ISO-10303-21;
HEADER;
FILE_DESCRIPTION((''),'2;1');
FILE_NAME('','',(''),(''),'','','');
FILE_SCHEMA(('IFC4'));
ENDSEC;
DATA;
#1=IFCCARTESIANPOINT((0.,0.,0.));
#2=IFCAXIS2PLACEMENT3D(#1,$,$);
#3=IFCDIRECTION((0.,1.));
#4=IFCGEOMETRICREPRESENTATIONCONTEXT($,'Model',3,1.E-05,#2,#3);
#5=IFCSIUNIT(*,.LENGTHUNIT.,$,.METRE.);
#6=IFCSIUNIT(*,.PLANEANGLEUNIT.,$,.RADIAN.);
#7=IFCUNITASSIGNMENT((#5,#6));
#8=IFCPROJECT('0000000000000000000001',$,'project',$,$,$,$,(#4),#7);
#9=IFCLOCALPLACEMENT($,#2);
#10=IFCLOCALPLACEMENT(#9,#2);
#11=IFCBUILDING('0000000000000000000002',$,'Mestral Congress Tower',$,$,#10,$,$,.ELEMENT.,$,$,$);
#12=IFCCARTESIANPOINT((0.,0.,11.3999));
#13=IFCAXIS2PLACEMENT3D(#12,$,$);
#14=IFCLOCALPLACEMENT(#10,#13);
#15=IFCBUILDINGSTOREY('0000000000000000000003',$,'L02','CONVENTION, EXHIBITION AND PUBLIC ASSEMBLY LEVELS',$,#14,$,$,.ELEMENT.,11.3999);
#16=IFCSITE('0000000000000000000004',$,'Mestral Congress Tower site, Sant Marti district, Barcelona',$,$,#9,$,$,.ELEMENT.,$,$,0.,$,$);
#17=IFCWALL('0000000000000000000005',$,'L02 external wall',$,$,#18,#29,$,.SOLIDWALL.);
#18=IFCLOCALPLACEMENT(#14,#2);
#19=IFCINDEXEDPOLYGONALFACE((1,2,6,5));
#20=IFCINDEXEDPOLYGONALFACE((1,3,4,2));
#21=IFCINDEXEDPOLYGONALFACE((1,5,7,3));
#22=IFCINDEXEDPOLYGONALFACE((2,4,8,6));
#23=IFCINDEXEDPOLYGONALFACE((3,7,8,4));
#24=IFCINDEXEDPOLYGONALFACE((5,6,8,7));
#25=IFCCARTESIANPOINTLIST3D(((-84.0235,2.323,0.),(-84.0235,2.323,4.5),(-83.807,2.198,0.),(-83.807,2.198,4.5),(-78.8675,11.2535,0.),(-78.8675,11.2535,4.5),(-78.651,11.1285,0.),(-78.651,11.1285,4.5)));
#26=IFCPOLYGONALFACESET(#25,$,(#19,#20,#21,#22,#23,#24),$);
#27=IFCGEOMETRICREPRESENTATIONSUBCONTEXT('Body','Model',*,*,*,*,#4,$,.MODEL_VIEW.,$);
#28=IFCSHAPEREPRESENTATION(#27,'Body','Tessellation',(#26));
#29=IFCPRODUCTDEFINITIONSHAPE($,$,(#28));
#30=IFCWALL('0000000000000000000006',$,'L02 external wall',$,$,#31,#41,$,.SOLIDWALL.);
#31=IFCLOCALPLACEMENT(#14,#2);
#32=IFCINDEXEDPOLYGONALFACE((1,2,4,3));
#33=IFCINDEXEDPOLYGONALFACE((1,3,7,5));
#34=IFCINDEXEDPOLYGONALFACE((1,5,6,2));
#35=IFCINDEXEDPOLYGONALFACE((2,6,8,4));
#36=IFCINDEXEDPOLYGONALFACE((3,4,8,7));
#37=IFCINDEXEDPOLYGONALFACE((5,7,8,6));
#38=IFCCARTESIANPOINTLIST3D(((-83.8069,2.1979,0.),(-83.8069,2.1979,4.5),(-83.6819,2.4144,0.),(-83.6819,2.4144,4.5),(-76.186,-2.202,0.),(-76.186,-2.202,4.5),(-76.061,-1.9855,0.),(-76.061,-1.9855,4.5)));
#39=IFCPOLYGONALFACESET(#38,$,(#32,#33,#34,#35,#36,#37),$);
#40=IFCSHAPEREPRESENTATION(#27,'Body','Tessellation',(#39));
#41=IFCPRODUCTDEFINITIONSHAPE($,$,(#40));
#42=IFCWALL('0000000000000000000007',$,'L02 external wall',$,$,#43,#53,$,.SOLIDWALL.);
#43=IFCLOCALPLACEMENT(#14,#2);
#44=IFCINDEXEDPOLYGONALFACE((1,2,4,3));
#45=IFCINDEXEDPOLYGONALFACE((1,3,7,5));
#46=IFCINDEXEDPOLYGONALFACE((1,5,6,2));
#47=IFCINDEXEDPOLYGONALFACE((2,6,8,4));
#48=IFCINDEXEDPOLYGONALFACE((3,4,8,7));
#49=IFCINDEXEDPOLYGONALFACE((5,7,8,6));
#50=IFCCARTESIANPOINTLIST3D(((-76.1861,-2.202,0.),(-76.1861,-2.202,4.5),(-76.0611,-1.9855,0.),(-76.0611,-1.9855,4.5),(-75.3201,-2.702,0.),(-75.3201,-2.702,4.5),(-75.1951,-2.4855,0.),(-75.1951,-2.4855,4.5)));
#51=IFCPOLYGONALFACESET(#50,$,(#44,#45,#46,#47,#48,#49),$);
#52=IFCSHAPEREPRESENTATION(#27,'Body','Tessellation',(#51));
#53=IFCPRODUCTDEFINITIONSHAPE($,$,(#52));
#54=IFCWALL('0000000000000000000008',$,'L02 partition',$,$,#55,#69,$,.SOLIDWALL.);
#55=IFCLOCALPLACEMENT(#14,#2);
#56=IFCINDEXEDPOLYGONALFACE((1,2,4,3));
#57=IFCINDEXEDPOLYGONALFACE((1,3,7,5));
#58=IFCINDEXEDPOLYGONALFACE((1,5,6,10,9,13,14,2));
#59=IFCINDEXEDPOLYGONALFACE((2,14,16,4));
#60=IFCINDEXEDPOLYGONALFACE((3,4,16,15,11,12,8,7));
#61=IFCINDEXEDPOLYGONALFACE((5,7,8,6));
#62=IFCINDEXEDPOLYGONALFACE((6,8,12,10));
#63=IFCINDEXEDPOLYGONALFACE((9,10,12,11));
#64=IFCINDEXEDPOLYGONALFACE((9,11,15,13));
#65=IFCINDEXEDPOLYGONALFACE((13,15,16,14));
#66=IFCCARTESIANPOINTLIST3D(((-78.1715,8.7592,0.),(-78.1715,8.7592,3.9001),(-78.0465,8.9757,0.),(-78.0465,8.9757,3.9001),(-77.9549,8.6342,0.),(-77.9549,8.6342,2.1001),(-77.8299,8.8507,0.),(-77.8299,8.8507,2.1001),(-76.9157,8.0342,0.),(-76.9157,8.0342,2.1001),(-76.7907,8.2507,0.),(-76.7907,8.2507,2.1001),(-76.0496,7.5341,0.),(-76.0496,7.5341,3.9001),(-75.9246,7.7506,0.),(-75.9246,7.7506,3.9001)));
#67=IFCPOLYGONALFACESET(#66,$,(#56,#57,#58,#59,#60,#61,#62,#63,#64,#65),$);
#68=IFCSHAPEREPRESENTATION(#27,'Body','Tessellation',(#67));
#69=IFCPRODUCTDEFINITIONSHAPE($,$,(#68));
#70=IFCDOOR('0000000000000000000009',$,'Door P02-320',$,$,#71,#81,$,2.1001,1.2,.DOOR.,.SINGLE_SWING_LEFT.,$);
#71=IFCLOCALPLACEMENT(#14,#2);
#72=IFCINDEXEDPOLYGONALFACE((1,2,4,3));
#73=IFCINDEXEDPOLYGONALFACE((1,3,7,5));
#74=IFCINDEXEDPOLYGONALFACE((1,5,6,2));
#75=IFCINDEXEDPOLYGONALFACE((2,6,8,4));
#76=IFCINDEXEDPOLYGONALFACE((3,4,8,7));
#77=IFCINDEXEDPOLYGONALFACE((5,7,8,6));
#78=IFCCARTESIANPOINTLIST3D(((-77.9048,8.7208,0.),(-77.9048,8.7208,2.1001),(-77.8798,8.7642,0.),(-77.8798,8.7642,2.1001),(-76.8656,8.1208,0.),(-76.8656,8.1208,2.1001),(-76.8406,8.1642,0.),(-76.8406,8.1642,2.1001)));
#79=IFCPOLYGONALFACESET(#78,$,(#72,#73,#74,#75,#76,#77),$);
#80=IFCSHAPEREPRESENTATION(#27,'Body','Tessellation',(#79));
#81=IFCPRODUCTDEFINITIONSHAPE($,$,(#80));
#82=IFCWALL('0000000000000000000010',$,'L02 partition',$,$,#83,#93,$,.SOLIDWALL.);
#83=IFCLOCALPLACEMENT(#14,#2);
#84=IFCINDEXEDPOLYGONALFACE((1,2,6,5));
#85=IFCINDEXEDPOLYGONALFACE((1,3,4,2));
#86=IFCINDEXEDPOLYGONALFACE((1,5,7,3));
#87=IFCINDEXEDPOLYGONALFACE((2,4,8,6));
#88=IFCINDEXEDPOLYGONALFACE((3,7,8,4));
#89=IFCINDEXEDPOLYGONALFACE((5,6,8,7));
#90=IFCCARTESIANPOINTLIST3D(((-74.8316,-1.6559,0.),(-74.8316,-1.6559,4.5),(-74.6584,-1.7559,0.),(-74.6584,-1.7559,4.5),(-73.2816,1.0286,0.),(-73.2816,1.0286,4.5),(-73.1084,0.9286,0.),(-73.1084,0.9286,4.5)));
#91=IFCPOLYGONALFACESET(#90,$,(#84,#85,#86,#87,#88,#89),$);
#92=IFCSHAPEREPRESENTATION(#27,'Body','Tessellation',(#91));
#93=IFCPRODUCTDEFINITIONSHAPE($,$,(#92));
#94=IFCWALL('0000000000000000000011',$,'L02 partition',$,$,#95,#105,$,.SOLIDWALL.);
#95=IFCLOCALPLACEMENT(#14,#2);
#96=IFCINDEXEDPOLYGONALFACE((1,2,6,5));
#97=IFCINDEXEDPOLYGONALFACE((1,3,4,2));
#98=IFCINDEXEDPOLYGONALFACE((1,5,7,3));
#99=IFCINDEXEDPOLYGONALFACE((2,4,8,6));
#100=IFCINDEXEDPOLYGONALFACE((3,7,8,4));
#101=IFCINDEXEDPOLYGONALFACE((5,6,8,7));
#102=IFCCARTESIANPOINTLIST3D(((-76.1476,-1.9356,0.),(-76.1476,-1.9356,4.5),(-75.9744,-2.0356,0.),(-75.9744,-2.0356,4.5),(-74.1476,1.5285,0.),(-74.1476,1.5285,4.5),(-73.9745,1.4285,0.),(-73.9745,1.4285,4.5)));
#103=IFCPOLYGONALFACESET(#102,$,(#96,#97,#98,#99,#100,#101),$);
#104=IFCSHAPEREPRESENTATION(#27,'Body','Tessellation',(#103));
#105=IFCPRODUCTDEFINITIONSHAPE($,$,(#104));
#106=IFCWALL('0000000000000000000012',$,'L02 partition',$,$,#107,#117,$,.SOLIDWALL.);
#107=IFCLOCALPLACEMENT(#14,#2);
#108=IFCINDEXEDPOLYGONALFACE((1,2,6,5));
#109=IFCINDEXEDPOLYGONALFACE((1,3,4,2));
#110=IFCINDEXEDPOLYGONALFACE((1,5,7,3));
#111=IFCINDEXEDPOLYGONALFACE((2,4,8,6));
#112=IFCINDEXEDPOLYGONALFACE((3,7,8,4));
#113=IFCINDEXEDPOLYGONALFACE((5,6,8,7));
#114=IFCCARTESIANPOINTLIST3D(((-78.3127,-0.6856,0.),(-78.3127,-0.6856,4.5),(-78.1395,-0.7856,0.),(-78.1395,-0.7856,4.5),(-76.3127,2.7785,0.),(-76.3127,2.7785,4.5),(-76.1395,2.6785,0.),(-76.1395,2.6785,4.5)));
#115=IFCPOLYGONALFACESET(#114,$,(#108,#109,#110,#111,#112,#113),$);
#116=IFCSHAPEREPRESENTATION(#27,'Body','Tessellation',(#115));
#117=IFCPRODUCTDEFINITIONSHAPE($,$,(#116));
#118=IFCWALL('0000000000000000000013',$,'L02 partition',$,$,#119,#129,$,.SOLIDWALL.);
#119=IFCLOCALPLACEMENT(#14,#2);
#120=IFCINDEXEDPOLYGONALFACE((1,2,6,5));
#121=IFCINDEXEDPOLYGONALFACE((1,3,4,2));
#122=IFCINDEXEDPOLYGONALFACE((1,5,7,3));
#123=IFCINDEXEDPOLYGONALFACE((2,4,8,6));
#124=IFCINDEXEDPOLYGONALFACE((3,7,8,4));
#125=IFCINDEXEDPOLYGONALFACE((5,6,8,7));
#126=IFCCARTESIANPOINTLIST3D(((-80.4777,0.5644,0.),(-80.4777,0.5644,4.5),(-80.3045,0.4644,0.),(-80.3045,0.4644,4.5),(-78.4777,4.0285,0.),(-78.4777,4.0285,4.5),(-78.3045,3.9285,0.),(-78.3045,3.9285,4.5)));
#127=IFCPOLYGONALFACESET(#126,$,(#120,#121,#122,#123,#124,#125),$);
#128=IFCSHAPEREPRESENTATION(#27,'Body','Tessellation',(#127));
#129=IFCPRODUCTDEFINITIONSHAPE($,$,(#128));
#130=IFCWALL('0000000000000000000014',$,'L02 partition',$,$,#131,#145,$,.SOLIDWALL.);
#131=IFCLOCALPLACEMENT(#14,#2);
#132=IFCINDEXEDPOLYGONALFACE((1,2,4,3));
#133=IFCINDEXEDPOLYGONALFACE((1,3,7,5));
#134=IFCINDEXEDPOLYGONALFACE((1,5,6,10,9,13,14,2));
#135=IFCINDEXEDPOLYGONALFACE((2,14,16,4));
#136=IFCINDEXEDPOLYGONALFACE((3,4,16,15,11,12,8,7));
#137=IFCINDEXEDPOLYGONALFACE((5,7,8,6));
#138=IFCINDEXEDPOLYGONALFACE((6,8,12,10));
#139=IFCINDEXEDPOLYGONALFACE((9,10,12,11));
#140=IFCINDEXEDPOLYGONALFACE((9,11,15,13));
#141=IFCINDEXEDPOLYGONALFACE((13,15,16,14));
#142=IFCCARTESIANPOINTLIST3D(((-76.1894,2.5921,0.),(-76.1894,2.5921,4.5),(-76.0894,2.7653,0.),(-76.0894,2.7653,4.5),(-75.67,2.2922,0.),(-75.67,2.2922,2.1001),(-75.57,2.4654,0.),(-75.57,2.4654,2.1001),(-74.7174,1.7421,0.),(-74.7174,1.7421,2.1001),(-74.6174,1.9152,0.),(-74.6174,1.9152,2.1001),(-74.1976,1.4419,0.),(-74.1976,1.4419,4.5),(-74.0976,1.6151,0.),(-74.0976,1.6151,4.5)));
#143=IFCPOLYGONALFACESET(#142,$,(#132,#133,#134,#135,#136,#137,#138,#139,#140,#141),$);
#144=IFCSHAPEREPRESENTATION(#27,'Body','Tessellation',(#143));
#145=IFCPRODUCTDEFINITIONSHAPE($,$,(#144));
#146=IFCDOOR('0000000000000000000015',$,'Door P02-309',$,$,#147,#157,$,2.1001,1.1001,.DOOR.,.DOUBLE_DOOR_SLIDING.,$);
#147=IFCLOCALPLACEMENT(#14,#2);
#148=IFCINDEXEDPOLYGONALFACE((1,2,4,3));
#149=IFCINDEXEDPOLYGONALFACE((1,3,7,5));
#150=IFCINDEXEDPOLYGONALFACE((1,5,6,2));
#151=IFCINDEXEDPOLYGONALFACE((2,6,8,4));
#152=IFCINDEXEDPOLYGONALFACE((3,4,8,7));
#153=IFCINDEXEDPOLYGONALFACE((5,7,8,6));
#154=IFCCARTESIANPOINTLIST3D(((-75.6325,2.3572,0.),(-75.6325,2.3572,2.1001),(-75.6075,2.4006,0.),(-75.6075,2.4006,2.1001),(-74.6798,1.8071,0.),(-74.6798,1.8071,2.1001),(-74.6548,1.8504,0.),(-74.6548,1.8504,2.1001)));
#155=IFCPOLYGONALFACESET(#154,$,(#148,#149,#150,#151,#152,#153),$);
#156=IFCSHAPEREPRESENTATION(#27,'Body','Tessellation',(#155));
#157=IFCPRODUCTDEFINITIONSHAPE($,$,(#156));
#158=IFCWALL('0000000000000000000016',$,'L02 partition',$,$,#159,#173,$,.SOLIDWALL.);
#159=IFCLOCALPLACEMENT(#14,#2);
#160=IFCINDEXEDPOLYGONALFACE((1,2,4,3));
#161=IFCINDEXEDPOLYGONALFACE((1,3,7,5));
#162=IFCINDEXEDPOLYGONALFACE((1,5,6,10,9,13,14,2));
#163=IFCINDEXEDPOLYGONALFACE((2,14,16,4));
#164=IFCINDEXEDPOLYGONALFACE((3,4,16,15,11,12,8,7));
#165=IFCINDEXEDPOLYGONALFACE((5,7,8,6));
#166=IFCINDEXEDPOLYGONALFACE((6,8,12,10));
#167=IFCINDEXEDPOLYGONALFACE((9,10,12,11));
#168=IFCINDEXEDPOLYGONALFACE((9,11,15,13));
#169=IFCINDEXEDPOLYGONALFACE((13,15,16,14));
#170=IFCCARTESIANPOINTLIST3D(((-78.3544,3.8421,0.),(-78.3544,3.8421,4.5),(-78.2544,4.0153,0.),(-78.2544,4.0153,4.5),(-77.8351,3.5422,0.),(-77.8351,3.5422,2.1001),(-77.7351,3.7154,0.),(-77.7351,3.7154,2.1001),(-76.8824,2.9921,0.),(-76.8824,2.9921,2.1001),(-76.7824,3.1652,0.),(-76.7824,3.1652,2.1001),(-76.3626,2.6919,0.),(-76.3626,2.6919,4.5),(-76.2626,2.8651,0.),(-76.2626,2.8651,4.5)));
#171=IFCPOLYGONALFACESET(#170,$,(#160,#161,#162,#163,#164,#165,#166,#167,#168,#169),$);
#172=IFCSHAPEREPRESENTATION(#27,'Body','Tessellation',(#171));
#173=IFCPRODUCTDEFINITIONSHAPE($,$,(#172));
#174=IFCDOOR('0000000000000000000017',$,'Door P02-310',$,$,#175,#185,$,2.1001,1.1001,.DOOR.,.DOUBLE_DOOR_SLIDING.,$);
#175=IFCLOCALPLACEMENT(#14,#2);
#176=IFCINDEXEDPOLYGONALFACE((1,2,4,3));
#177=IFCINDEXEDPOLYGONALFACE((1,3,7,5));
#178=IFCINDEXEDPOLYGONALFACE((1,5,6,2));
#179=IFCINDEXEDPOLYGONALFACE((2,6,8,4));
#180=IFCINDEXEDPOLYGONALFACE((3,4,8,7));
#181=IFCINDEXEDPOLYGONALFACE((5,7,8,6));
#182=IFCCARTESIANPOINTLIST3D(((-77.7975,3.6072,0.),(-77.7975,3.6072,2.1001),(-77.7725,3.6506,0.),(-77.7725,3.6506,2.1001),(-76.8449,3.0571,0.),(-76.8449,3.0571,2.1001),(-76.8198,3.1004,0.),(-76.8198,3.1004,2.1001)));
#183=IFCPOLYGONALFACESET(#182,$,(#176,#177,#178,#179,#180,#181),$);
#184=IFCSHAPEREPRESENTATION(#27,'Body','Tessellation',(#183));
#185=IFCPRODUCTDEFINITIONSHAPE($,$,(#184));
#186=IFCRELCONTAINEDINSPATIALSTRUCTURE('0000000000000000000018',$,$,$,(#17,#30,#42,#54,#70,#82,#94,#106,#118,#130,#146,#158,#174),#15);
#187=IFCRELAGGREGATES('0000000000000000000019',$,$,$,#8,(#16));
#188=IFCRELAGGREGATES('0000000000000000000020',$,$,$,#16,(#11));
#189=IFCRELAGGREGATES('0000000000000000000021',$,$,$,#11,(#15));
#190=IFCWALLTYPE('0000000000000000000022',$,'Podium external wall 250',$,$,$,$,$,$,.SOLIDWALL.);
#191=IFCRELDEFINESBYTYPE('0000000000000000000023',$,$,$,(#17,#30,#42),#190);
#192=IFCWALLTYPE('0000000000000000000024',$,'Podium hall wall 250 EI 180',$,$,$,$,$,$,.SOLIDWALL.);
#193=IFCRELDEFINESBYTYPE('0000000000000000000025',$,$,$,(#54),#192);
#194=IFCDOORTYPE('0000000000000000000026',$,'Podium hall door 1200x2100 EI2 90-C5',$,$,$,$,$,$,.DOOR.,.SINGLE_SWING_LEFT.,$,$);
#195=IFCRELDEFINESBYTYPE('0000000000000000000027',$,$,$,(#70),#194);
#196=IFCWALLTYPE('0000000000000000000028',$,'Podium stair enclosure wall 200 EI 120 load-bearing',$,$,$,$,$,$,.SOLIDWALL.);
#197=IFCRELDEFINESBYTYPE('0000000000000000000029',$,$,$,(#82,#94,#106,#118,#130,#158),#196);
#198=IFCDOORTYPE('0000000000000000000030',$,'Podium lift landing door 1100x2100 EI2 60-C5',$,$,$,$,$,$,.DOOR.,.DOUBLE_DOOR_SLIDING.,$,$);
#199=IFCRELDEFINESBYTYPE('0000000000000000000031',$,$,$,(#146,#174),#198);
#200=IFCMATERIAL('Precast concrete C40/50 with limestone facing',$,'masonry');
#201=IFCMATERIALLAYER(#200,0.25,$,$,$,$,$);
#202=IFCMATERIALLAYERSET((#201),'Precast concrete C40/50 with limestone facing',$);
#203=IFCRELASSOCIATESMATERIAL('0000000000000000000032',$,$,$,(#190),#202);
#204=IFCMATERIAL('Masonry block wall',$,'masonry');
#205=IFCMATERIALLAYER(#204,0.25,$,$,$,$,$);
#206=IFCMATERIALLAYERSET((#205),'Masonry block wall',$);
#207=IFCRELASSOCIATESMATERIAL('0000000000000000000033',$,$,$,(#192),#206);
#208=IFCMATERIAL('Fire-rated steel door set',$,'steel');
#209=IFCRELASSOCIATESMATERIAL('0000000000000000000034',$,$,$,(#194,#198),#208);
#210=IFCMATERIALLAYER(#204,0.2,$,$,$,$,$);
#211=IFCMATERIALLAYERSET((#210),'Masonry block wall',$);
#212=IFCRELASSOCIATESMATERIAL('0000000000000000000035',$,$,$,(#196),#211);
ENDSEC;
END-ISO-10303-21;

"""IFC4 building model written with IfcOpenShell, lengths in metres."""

from ifc_helpers import new_model, si_unit, direction, frame, frame_2d, origin, place, context, subcontext, project, spatial, rectangle, extrude, material, layer, layer_set, type_object, element, fill, save


model = new_model("IFC4")

# Units and contexts
model_context = context("Model", 3, precision=1e-05, world=origin(), true_north=direction((0.0, 1.0)))
body_context = subcontext(model_context, "Body", "Model", "MODEL_VIEW")
ifc_project = project(units=[si_unit("LENGTHUNIT", "METRE"), si_unit("PLANEANGLEUNIT", "RADIAN")], contexts=[model_context])

# Site, building, storey
site_placement = place(None, origin())
site = spatial("IfcSite", under=ifc_project, at=site_placement, Name="Mestral Congress Tower site, Sant Marti district, Barcelona", CompositionType="ELEMENT", RefElevation=0.0)
building_placement = place(site_placement, origin())
building = spatial("IfcBuilding", under=site, at=building_placement, Name="Mestral Congress Tower", CompositionType="ELEMENT")
storey_placement = place(building_placement, frame((0.0, 0.0, 11.3999)))
storey = spatial("IfcBuildingStorey", under=building, at=storey_placement, Name="L02", Description="CONVENTION, EXHIBITION AND PUBLIC ASSEMBLY LEVELS", CompositionType="ELEMENT", Elevation=11.3999)

# Walls
ifc_material_1 = material(Name="Precast concrete C40/50 with limestone facing", Category="masonry")
ifc_layer_1 = layer(ifc_material_1, 0.25)
ifc_layer_set_1 = layer_set([ifc_layer_1], Name="Precast concrete C40/50 with limestone facing")
wall_type_1 = type_object("IfcWallType", Name="Podium external wall 250", PredefinedType="SOLIDWALL", material=ifc_layer_set_1)
wall_1_placement = place(storey_placement, frame((-83.9153, 2.2605, 0.0), z_axis=(0.0, 0.0, 1.0), x_axis=(0.500002, 0.866024, 0.0)))
element("IfcWall", 1, at=wall_1_placement, inside=storey, type_object=wall_type_1, Name="L02 external wall", PredefinedType="SOLIDWALL", context=body_context, shape_type="SweptSolid", body=[
    extrude(rectangle(XDim=10.312, YDim=0.25, at=frame_2d((5.156, 0.0))), origin(), (0.0, 0.0, 1.0), 4.5),
])
wall_2_placement = place(storey_placement, frame((-76.1235, -2.0938, 0.0), z_axis=(0.0, 0.0, 1.0), x_axis=(-0.866025, 0.5, 0.0)))
element("IfcWall", 2, at=wall_2_placement, inside=storey, type_object=wall_type_1, Name="L02 external wall", PredefinedType="SOLIDWALL", context=body_context, shape_type="SweptSolid", body=[
    extrude(rectangle(XDim=8.7998, YDim=0.25, at=frame_2d((4.3999, 0.0))), origin(), (0.0, 0.0, 1.0), 4.5),
])
wall_3_placement = place(storey_placement, frame((-75.2576, -2.5938, 0.0), z_axis=(0.0, 0.0, 1.0), x_axis=(-0.866011, 0.500025, 0.0)))
element("IfcWall", 3, at=wall_3_placement, inside=storey, type_object=wall_type_1, Name="L02 external wall", PredefinedType="SOLIDWALL", context=body_context, shape_type="SweptSolid", body=[
    extrude(rectangle(XDim=1.0, YDim=0.25, at=frame_2d((0.5, 0.0))), origin(), (0.0, 0.0, 1.0), 4.5),
])

# Wall, opening, door
ifc_material_2 = material(Name="Masonry block wall", Category="masonry")
ifc_layer_2 = layer(ifc_material_2, 0.25)
ifc_layer_set_2 = layer_set([ifc_layer_2], Name="Masonry block wall")
wall_type_2 = type_object("IfcWallType", Name="Podium hall wall 250 EI 180", PredefinedType="SOLIDWALL", material=ifc_layer_set_2)
wall_4_placement = place(storey_placement, frame((-75.9871, 7.6423, 0.0), z_axis=(0.0, 0.0, 1.0), x_axis=(-0.866015, 0.500019, 0.0)))
wall_4 = element("IfcWall", 4, at=wall_4_placement, inside=storey, type_object=wall_type_2, Name="L02 partition", PredefinedType="SOLIDWALL", context=body_context, shape_type="SweptSolid", body=[
    extrude(rectangle(XDim=2.4502, YDim=0.25, at=frame_2d((1.2251, 0.0))), origin(), (0.0, 0.0, 1.0), 3.9001),
])
opening_1_placement = place(wall_4_placement, frame((1.0, 0.0, 0.0)))
opening_1 = element("IfcOpeningElement", 5, at=opening_1_placement, cuts=wall_4, PredefinedType="OPENING", context=body_context, shape_type="SweptSolid", body=[
    extrude(rectangle(XDim=1.2, YDim=2.1001, at=frame_2d((0.6001, 1.05))), frame((0.0, 0.135, 0.0), z_axis=(0.0, -1.0, 0.0), x_axis=(1.0, 0.0, 0.0)), (0.0, 0.0, 1.0), 0.27),
])
ifc_material_3 = material(Name="Fire-rated steel door set", Category="steel")
door_type_1 = type_object("IfcDoorType", Name="Podium hall door 1200x2100 EI2 90-C5", OperationType="SINGLE_SWING_LEFT", PredefinedType="DOOR", material=ifc_material_3)
door_1_placement = place(opening_1_placement, origin())
door_1 = element("IfcDoor", 6, at=door_1_placement, inside=storey, type_object=door_type_1, Name="Door P02-320", OperationType="SINGLE_SWING_LEFT", OverallHeight=2.1001, OverallWidth=1.2, PredefinedType="DOOR", context=body_context, shape_type="SweptSolid", body=[
    extrude(rectangle(XDim=1.2, YDim=2.1001, at=frame_2d((0.6001, 1.05))), frame((0.0, 0.0249, 0.0), z_axis=(0.0, -1.0, 0.0), x_axis=(1.0, 0.0, 0.0)), (0.0, 0.0, 1.0), 0.05),
])
fill(opening_1, door_1)

# Walls
ifc_layer_3 = layer(ifc_material_2, 0.2)
ifc_layer_set_3 = layer_set([ifc_layer_3], Name="Masonry block wall")
wall_type_3 = type_object("IfcWallType", Name="Podium stair enclosure wall 200 EI 120 load-bearing", PredefinedType="SOLIDWALL", material=ifc_layer_set_3)
wall_5_placement = place(storey_placement, frame((-73.1951, 0.9785, 0.0), z_axis=(0.0, 0.0, 1.0), x_axis=(-0.500027, -0.86601, 0.0)))
element("IfcWall", 7, at=wall_5_placement, inside=storey, type_object=wall_type_3, Name="L02 partition", PredefinedType="SOLIDWALL", context=body_context, shape_type="SweptSolid", body=[
    extrude(rectangle(XDim=3.0999, YDim=0.2, at=frame_2d((1.5498, 0.0))), origin(), (0.0, 0.0, 1.0), 4.5),
])
for number, where, z_axis, x_axis, name in (
    (8, (-74.061, 1.4785, 0.0), (0.0, 0.0, 1.0), (-0.499999, -0.866026, 0.0), "L02 partition"),
    (9, (-76.2261, 2.7285, 0.0), (0.0, 0.0, 1.0), (-0.499999, -0.866026, 0.0), "L02 partition"),
    (10, (-78.3911, 3.9785, 0.0), (0.0, 0.0, 1.0), (-0.499999, -0.866026, 0.0), "L02 partition"),
):
    element("IfcWall", number, at=place(storey_placement, frame(where, z_axis=z_axis, x_axis=x_axis)), inside=storey, type_object=wall_type_3, Name=name, PredefinedType="SOLIDWALL", context=body_context, shape_type="SweptSolid", body=[
        extrude(rectangle(XDim=4.0, YDim=0.2, at=frame_2d((2.0, 0.0))), origin(), (0.0, 0.0, 1.0), 4.5),
    ])

# Walls, openings, doors
wall_6_placement = place(storey_placement, frame((-74.1477, 1.5286, 0.0), z_axis=(0.0, 0.0, 1.0), x_axis=(-0.865981, 0.500078, 0.0)))
wall_6 = element("IfcWall", 11, at=wall_6_placement, inside=storey, type_object=wall_type_3, Name="L02 partition", PredefinedType="SOLIDWALL", context=body_context, shape_type="SweptSolid", body=[
    extrude(rectangle(XDim=2.3, YDim=0.2, at=frame_2d((1.1499, 0.0))), origin(), (0.0, 0.0, 1.0), 4.5),
])
opening_2_placement = place(wall_6_placement, frame((0.6001, 0.0, 0.0)))
opening_2 = element("IfcOpeningElement", 12, at=opening_2_placement, cuts=wall_6, PredefinedType="OPENING", context=body_context, shape_type="SweptSolid", body=[
    extrude(rectangle(XDim=1.1001, YDim=2.1001, at=frame_2d((0.55, 1.05))), frame((0.0, 0.1099, 0.0), z_axis=(0.0, -1.0, 0.0), x_axis=(1.0, 0.0, 0.0)), (0.0, 0.0, 1.0), 0.22),
])
door_type_2 = type_object("IfcDoorType", Name="Podium lift landing door 1100x2100 EI2 60-C5", OperationType="DOUBLE_DOOR_SLIDING", PredefinedType="DOOR", material=ifc_material_3)
door_2_placement = place(opening_2_placement, origin())
door_2 = element("IfcDoor", 13, at=door_2_placement, inside=storey, type_object=door_type_2, Name="Door P02-309", OperationType="DOUBLE_DOOR_SLIDING", OverallHeight=2.1001, OverallWidth=1.1001, PredefinedType="DOOR", context=body_context, shape_type="SweptSolid", body=[
    extrude(rectangle(XDim=1.1001, YDim=2.1001, at=frame_2d((0.55, 1.05))), frame((0.0, 0.0249, 0.0), z_axis=(0.0, -1.0, 0.0), x_axis=(1.0, 0.0, 0.0)), (0.0, 0.0, 1.0), 0.05),
])
fill(opening_2, door_2)
wall_7_placement = place(storey_placement, frame((-76.3127, 2.7786, 0.0), z_axis=(0.0, 0.0, 1.0), x_axis=(-0.865981, 0.500078, 0.0)))
wall_7 = element("IfcWall", 14, at=wall_7_placement, inside=storey, type_object=wall_type_3, Name="L02 partition", PredefinedType="SOLIDWALL", context=body_context, shape_type="SweptSolid", body=[
    extrude(rectangle(XDim=2.3, YDim=0.2, at=frame_2d((1.1499, 0.0))), origin(), (0.0, 0.0, 1.0), 4.5),
])
opening_3_placement = place(wall_7_placement, frame((0.6001, 0.0, 0.0)))
opening_3 = element("IfcOpeningElement", 15, at=opening_3_placement, cuts=wall_7, PredefinedType="OPENING", context=body_context, shape_type="SweptSolid", body=[
    extrude(rectangle(XDim=1.1001, YDim=2.1001, at=frame_2d((0.55, 1.05))), frame((0.0, 0.1099, 0.0), z_axis=(0.0, -1.0, 0.0), x_axis=(1.0, 0.0, 0.0)), (0.0, 0.0, 1.0), 0.22),
])
door_3_placement = place(opening_3_placement, origin())
door_3 = element("IfcDoor", 16, at=door_3_placement, inside=storey, type_object=door_type_2, Name="Door P02-310", OperationType="DOUBLE_DOOR_SLIDING", OverallHeight=2.1001, OverallWidth=1.1001, PredefinedType="DOOR", context=body_context, shape_type="SweptSolid", body=[
    extrude(rectangle(XDim=1.1001, YDim=2.1001, at=frame_2d((0.55, 1.05))), frame((0.0, 0.0249, 0.0), z_axis=(0.0, -1.0, 0.0), x_axis=(1.0, 0.0, 0.0)), (0.0, 0.0, 1.0), 0.05),
])
fill(opening_3, door_3)

save(model, "model.ifc")
